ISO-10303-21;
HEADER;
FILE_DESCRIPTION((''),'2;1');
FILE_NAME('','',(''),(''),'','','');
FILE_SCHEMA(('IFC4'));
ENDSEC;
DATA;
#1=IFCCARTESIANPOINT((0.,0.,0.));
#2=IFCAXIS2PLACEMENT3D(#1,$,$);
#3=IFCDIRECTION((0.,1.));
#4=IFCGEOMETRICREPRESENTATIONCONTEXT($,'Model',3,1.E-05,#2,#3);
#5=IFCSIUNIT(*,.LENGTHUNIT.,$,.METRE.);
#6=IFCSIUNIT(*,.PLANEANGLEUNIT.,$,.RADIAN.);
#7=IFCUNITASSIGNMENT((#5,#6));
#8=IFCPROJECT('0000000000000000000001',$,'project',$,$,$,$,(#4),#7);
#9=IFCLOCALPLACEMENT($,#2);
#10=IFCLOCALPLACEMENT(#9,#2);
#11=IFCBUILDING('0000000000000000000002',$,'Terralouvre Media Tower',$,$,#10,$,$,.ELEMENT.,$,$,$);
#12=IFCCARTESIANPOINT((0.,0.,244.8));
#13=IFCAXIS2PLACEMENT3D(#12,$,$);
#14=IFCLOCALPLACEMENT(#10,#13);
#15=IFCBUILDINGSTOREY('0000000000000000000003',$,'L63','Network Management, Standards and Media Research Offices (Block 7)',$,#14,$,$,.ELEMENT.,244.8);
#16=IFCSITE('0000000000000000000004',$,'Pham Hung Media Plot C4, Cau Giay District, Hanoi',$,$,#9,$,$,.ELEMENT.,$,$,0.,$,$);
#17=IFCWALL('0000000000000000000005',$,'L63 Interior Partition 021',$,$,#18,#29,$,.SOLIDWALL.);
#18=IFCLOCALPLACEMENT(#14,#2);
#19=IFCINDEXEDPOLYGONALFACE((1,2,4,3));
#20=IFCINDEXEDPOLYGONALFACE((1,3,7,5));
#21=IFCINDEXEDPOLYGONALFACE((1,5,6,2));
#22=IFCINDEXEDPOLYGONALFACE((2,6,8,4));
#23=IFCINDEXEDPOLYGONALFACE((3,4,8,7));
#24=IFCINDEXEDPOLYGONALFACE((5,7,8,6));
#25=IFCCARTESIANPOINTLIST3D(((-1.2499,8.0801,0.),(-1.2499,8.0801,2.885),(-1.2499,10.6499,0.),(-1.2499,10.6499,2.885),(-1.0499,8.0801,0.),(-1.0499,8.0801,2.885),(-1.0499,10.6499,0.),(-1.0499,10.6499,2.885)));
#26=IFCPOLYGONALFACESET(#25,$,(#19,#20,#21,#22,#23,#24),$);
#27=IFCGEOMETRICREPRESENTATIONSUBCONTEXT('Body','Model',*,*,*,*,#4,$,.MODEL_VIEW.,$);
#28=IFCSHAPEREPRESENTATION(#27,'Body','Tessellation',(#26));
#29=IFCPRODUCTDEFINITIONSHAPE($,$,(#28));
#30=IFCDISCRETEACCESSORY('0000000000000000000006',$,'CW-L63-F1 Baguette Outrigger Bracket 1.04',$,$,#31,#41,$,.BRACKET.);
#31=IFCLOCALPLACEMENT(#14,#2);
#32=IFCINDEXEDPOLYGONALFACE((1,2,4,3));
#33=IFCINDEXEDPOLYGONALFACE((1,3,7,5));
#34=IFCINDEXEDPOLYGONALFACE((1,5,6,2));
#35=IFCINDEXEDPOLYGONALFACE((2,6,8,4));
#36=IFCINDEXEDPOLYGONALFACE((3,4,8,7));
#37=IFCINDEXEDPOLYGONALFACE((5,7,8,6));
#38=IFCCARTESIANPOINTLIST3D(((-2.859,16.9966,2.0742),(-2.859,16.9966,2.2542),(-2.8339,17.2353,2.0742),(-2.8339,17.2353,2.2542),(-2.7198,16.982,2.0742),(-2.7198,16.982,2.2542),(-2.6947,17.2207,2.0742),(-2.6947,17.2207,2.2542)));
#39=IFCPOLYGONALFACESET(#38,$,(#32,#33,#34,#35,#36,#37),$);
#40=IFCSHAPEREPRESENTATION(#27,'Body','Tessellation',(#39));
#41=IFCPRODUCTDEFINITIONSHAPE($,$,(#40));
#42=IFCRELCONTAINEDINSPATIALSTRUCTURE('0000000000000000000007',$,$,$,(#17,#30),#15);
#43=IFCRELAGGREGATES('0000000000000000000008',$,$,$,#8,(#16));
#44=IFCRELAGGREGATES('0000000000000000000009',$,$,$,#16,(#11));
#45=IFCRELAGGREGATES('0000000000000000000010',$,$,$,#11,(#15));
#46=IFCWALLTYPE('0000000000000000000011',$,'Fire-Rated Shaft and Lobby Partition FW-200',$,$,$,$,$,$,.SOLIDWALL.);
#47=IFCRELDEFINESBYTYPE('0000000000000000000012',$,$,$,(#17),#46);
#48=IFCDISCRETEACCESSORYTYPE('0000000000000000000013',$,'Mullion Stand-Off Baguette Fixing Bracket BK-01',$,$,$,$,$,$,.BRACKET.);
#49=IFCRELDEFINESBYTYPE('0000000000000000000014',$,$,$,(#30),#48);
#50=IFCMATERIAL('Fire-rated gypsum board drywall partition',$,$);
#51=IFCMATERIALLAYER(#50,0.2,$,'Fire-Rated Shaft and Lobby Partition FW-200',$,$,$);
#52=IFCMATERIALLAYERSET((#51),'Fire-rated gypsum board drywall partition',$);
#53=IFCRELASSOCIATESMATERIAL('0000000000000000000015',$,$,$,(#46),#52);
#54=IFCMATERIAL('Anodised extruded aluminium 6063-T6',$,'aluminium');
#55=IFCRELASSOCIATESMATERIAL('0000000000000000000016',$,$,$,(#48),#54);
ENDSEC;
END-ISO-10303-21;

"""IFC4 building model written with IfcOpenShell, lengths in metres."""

from ifc_helpers import new_model, si_unit, direction, frame, frame_2d, origin, origin_2d, place, context, subcontext, project, spatial, rectangle, extrude, material, layer, layer_set, type_object, element, save


model = new_model("IFC4")

# Units and contexts
model_context = context("Model", 3, precision=1e-05, world=origin(), true_north=direction((0.0, 1.0)))
body_context = subcontext(model_context, "Body", "Model", "MODEL_VIEW")
ifc_project = project(units=[si_unit("LENGTHUNIT", "METRE"), si_unit("PLANEANGLEUNIT", "RADIAN")], contexts=[model_context])

# Site, building, storey
site_placement = place(None, origin())
site = spatial("IfcSite", under=ifc_project, at=site_placement, Name="Pham Hung Media Plot C4, Cau Giay District, Hanoi", CompositionType="ELEMENT", RefElevation=0.0)
building_placement = place(site_placement, origin())
building = spatial("IfcBuilding", under=site, at=building_placement, Name="Terralouvre Media Tower", CompositionType="ELEMENT")
storey_placement = place(building_placement, frame((0.0, 0.0, 244.8)))
storey = spatial("IfcBuildingStorey", under=building, at=storey_placement, Name="L63", Description="Network Management, Standards and Media Research Offices (Block 7)", CompositionType="ELEMENT", Elevation=244.8)

# Wall
ifc_material_1 = material(Name="Fire-rated gypsum board drywall partition")
ifc_layer_1 = layer(ifc_material_1, 0.2, Name="Fire-Rated Shaft and Lobby Partition FW-200")
ifc_layer_set_1 = layer_set([ifc_layer_1], Name="Fire-rated gypsum board drywall partition")
wall_type_1 = type_object("IfcWallType", Name="Fire-Rated Shaft and Lobby Partition FW-200", PredefinedType="SOLIDWALL", material=ifc_layer_set_1)
wall_1_placement = place(storey_placement, frame((-1.1499, 10.6499, 0.0), z_axis=(0.0, 0.0, 1.0), x_axis=(0.0, -1.0, 0.0)))
element("IfcWall", 1, at=wall_1_placement, inside=storey, type_object=wall_type_1, Name="L63 Interior Partition 021", PredefinedType="SOLIDWALL", context=body_context, shape_type="SweptSolid", body=[
    extrude(rectangle(XDim=2.5698, YDim=0.2, at=frame_2d((1.2849, 0.0))), origin(), (0.0, 0.0, 1.0), 2.885),
])

# Discrete accessory
ifc_material_2 = material(Name="Anodised extruded aluminium 6063-T6", Category="aluminium")
discrete_accessory_type = type_object("IfcDiscreteAccessoryType", Name="Mullion Stand-Off Baguette Fixing Bracket BK-01", PredefinedType="BRACKET", material=ifc_material_2)
discrete_accessory_placement = place(storey_placement, frame((-2.7769, 17.1086, 2.0742), z_axis=(0.0, 0.0, 1.0), x_axis=(-0.994522, 0.104529, 0.0)))
element("IfcDiscreteAccessory", 2, at=discrete_accessory_placement, inside=storey, type_object=discrete_accessory_type, Name="CW-L63-F1 Baguette Outrigger Bracket 1.04", PredefinedType="BRACKET", context=body_context, shape_type="SweptSolid", body=[
    extrude(rectangle(XDim=0.1399, YDim=0.24, at=origin_2d()), origin(), (0.0, 0.0, 1.0), 0.1799),
])

save(model, "model.ifc")
